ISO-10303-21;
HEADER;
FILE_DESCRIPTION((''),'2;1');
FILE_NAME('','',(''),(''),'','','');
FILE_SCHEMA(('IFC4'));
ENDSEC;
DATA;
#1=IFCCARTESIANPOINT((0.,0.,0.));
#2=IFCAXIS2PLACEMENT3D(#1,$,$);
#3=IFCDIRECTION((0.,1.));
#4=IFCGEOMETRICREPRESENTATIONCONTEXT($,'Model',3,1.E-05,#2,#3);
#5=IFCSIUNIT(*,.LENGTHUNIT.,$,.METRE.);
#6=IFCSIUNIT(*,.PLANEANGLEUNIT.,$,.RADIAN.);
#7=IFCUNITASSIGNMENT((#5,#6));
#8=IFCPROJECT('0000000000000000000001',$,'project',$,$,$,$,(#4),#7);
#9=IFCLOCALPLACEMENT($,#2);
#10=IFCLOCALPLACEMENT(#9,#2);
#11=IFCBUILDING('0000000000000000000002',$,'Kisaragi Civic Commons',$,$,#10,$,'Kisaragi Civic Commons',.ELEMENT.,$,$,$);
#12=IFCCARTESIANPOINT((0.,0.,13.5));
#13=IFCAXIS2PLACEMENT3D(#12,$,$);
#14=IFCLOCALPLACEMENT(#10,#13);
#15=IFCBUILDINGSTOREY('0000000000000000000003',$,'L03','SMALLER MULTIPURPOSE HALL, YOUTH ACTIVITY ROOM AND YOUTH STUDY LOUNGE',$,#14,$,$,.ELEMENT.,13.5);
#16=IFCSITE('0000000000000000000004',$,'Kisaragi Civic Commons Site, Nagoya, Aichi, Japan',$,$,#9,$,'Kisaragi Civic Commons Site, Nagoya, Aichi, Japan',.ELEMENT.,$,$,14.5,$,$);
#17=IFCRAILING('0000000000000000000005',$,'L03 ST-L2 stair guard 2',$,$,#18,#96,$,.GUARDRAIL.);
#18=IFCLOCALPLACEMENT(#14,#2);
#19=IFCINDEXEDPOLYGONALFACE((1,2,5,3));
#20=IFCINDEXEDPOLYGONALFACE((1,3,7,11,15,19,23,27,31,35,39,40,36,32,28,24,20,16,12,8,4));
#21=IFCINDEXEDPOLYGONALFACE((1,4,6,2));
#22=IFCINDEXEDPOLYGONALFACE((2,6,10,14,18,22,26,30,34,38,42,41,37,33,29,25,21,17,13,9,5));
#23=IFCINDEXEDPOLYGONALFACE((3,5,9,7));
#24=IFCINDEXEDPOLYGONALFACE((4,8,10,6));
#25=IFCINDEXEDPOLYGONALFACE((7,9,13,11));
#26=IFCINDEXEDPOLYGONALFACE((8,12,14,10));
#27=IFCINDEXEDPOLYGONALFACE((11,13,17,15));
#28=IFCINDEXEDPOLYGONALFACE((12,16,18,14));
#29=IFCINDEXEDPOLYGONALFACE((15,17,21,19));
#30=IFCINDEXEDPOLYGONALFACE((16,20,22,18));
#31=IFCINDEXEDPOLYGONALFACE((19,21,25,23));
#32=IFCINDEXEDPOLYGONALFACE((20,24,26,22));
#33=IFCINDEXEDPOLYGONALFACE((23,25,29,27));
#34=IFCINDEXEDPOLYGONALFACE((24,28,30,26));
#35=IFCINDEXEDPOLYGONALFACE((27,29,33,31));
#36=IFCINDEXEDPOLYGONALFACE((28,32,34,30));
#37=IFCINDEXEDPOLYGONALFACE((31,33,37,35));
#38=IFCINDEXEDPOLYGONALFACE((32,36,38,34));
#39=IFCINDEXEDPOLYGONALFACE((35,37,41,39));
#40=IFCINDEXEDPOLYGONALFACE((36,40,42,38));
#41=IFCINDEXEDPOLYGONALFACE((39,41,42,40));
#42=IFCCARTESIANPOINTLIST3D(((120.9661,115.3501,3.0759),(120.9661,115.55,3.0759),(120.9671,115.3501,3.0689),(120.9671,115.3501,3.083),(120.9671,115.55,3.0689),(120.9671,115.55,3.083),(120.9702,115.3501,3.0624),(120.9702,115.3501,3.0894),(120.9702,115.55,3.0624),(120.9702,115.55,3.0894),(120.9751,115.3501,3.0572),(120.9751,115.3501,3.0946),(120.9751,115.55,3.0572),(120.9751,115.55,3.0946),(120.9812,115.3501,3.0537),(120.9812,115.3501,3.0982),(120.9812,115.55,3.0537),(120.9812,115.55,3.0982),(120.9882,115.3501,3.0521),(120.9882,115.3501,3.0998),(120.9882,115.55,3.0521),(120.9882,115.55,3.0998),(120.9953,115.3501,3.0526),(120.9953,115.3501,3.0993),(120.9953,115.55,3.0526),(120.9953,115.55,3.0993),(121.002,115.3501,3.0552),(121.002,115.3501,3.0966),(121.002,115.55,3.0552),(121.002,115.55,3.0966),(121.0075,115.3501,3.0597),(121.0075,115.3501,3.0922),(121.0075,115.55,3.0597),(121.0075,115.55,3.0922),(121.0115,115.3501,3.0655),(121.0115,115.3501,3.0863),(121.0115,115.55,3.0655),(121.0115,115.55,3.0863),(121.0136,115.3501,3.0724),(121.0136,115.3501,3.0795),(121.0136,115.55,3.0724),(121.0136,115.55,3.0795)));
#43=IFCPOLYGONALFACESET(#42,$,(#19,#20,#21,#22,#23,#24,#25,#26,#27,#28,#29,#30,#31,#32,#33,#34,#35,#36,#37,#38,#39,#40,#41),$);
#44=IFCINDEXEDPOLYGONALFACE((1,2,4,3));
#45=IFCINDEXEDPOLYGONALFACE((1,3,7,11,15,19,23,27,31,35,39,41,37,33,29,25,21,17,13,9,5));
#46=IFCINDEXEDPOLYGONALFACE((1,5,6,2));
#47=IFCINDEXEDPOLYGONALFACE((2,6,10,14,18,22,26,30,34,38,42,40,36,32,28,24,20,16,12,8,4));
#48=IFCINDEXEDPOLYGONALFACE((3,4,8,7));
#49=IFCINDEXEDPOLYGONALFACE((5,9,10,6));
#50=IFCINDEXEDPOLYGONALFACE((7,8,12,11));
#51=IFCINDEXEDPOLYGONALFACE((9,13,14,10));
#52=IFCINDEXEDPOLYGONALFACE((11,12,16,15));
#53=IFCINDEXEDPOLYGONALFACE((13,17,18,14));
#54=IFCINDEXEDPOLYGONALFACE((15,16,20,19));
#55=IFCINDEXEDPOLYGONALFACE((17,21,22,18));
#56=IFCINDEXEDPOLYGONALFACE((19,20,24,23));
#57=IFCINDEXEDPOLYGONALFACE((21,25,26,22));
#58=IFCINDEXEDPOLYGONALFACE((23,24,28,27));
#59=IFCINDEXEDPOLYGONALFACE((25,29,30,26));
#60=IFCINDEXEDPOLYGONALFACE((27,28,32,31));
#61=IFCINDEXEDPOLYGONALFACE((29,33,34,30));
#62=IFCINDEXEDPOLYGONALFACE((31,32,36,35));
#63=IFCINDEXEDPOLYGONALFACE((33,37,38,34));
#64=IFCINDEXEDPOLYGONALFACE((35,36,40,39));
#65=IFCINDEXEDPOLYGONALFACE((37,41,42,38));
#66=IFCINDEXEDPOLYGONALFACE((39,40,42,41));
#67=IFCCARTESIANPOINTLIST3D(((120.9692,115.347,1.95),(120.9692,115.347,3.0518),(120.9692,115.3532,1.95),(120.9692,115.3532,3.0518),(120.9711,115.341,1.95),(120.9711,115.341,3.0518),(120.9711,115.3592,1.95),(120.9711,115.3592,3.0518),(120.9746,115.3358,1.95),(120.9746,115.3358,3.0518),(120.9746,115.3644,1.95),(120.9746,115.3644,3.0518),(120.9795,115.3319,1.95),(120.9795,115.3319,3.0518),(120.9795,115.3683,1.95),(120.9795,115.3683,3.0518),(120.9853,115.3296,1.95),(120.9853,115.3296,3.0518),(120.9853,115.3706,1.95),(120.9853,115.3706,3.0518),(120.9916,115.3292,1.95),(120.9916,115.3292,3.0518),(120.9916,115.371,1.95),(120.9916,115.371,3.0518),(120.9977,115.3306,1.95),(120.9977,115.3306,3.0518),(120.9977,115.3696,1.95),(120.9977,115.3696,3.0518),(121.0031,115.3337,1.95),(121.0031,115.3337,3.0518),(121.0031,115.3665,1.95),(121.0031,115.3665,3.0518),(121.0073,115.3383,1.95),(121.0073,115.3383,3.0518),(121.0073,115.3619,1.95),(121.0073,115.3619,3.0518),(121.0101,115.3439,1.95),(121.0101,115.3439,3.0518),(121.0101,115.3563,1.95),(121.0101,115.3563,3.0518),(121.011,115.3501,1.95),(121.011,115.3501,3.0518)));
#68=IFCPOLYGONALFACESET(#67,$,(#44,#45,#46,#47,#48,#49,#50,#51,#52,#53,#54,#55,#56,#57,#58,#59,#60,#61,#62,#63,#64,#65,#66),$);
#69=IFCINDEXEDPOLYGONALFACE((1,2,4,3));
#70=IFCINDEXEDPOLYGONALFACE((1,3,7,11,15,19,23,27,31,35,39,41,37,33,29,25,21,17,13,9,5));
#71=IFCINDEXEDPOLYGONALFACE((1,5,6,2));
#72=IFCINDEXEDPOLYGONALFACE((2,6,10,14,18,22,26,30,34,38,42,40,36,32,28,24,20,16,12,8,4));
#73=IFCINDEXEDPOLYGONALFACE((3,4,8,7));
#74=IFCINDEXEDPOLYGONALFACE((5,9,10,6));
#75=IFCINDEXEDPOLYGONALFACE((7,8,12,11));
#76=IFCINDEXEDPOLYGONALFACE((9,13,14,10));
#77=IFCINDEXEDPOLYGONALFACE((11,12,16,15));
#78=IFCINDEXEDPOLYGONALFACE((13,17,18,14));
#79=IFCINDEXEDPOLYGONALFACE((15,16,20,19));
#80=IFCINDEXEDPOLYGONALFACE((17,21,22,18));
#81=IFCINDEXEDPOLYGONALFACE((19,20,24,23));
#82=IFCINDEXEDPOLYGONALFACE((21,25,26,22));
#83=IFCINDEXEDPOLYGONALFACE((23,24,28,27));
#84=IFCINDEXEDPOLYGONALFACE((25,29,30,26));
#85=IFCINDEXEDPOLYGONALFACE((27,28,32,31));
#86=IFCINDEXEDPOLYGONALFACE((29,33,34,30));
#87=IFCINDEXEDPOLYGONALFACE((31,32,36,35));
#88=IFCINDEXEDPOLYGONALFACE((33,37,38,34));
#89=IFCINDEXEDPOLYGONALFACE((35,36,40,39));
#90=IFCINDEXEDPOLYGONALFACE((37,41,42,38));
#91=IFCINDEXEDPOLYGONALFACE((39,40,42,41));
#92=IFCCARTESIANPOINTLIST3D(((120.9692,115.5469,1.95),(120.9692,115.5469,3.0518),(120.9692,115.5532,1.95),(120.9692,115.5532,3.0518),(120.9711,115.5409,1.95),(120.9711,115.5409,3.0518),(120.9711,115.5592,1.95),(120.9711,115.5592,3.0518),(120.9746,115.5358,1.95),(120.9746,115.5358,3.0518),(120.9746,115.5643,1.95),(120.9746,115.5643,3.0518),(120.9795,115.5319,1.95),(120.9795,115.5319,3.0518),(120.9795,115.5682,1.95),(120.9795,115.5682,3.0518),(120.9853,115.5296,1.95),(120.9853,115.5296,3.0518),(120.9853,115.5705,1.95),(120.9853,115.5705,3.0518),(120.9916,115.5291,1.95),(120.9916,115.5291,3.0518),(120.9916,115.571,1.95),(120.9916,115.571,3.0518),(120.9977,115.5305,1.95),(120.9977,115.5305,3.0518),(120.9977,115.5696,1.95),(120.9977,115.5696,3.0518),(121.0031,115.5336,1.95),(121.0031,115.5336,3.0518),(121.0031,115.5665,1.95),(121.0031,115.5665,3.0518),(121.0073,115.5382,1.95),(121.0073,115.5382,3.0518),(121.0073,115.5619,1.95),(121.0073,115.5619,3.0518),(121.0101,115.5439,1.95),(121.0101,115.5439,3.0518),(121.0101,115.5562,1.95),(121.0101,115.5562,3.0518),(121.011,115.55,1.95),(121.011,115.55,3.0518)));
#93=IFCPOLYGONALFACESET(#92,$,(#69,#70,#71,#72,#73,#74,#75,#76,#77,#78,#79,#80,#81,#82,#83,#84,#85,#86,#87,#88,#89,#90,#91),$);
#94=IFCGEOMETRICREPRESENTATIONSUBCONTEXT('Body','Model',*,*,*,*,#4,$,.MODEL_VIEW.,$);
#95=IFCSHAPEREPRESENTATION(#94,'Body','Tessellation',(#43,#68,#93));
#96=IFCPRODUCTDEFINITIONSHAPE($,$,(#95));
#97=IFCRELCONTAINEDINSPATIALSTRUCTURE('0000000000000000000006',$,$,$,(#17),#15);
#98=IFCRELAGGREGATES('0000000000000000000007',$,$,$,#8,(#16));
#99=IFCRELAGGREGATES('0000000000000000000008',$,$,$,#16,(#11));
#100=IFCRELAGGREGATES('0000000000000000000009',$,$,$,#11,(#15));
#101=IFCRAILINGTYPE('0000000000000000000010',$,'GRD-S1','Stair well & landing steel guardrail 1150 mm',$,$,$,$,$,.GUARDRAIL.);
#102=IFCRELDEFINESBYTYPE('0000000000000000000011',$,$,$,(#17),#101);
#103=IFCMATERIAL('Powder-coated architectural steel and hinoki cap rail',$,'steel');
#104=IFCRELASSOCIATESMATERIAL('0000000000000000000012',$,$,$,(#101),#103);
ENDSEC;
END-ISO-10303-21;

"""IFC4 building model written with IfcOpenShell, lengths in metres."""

from ifc_helpers import new_model, si_unit, direction, frame, origin, origin_2d, place, context, subcontext, project, spatial, circle, extrude, material, type_object, element, save


model = new_model("IFC4")

# Units and contexts
model_context = context("Model", 3, precision=1e-05, world=origin(), true_north=direction((0.0, 1.0)))
body_context = subcontext(model_context, "Body", "Model", "MODEL_VIEW")
ifc_project = project(units=[si_unit("LENGTHUNIT", "METRE"), si_unit("PLANEANGLEUNIT", "RADIAN")], contexts=[model_context])

# Site, building, storey
site_placement = place(None, origin())
site = spatial("IfcSite", under=ifc_project, at=site_placement, Name="Kisaragi Civic Commons Site, Nagoya, Aichi, Japan", LongName="Kisaragi Civic Commons Site, Nagoya, Aichi, Japan", CompositionType="ELEMENT", RefElevation=14.5)
building_placement = place(site_placement, origin())
building = spatial("IfcBuilding", under=site, at=building_placement, Name="Kisaragi Civic Commons", LongName="Kisaragi Civic Commons", CompositionType="ELEMENT")
storey_placement = place(building_placement, frame((0.0, 0.0, 13.5)))
storey = spatial("IfcBuildingStorey", under=building, at=storey_placement, Name="L03", Description="SMALLER MULTIPURPOSE HALL, YOUTH ACTIVITY ROOM AND YOUTH STUDY LOUNGE", CompositionType="ELEMENT", Elevation=13.5)

# Railing
ifc_material_1 = material(Name="Powder-coated architectural steel and hinoki cap rail", Category="steel")
railing_type_1 = type_object("IfcRailingType", Name="GRD-S1", Description="Stair well & landing steel guardrail 1150 mm", PredefinedType="GUARDRAIL", material=ifc_material_1)
railing_1_placement = place(storey_placement, frame((120.99, 115.3501, 1.95)))
element("IfcRailing", 1, at=railing_1_placement, inside=storey, type_object=railing_type_1, Name="L03 ST-L2 stair guard 2", PredefinedType="GUARDRAIL", context=body_context, shape_type="SweptSolid", body=[
    extrude(circle(Radius=0.0239, at=origin_2d()), frame((0.0, 0.0, 1.126), z_axis=(0.0, 1.0, 0.0), x_axis=(-1.0, 0.0, 0.0)), (0.0, 0.0, 1.0), 0.2),
    extrude(circle(Radius=0.021, at=origin_2d()), origin(), (0.0, 0.0, 1.0), 1.1018),
    extrude(circle(Radius=0.021, at=origin_2d()), frame((0.0, 0.2, 0.0)), (0.0, 0.0, 1.0), 1.1018),
])

save(model, "model.ifc")
